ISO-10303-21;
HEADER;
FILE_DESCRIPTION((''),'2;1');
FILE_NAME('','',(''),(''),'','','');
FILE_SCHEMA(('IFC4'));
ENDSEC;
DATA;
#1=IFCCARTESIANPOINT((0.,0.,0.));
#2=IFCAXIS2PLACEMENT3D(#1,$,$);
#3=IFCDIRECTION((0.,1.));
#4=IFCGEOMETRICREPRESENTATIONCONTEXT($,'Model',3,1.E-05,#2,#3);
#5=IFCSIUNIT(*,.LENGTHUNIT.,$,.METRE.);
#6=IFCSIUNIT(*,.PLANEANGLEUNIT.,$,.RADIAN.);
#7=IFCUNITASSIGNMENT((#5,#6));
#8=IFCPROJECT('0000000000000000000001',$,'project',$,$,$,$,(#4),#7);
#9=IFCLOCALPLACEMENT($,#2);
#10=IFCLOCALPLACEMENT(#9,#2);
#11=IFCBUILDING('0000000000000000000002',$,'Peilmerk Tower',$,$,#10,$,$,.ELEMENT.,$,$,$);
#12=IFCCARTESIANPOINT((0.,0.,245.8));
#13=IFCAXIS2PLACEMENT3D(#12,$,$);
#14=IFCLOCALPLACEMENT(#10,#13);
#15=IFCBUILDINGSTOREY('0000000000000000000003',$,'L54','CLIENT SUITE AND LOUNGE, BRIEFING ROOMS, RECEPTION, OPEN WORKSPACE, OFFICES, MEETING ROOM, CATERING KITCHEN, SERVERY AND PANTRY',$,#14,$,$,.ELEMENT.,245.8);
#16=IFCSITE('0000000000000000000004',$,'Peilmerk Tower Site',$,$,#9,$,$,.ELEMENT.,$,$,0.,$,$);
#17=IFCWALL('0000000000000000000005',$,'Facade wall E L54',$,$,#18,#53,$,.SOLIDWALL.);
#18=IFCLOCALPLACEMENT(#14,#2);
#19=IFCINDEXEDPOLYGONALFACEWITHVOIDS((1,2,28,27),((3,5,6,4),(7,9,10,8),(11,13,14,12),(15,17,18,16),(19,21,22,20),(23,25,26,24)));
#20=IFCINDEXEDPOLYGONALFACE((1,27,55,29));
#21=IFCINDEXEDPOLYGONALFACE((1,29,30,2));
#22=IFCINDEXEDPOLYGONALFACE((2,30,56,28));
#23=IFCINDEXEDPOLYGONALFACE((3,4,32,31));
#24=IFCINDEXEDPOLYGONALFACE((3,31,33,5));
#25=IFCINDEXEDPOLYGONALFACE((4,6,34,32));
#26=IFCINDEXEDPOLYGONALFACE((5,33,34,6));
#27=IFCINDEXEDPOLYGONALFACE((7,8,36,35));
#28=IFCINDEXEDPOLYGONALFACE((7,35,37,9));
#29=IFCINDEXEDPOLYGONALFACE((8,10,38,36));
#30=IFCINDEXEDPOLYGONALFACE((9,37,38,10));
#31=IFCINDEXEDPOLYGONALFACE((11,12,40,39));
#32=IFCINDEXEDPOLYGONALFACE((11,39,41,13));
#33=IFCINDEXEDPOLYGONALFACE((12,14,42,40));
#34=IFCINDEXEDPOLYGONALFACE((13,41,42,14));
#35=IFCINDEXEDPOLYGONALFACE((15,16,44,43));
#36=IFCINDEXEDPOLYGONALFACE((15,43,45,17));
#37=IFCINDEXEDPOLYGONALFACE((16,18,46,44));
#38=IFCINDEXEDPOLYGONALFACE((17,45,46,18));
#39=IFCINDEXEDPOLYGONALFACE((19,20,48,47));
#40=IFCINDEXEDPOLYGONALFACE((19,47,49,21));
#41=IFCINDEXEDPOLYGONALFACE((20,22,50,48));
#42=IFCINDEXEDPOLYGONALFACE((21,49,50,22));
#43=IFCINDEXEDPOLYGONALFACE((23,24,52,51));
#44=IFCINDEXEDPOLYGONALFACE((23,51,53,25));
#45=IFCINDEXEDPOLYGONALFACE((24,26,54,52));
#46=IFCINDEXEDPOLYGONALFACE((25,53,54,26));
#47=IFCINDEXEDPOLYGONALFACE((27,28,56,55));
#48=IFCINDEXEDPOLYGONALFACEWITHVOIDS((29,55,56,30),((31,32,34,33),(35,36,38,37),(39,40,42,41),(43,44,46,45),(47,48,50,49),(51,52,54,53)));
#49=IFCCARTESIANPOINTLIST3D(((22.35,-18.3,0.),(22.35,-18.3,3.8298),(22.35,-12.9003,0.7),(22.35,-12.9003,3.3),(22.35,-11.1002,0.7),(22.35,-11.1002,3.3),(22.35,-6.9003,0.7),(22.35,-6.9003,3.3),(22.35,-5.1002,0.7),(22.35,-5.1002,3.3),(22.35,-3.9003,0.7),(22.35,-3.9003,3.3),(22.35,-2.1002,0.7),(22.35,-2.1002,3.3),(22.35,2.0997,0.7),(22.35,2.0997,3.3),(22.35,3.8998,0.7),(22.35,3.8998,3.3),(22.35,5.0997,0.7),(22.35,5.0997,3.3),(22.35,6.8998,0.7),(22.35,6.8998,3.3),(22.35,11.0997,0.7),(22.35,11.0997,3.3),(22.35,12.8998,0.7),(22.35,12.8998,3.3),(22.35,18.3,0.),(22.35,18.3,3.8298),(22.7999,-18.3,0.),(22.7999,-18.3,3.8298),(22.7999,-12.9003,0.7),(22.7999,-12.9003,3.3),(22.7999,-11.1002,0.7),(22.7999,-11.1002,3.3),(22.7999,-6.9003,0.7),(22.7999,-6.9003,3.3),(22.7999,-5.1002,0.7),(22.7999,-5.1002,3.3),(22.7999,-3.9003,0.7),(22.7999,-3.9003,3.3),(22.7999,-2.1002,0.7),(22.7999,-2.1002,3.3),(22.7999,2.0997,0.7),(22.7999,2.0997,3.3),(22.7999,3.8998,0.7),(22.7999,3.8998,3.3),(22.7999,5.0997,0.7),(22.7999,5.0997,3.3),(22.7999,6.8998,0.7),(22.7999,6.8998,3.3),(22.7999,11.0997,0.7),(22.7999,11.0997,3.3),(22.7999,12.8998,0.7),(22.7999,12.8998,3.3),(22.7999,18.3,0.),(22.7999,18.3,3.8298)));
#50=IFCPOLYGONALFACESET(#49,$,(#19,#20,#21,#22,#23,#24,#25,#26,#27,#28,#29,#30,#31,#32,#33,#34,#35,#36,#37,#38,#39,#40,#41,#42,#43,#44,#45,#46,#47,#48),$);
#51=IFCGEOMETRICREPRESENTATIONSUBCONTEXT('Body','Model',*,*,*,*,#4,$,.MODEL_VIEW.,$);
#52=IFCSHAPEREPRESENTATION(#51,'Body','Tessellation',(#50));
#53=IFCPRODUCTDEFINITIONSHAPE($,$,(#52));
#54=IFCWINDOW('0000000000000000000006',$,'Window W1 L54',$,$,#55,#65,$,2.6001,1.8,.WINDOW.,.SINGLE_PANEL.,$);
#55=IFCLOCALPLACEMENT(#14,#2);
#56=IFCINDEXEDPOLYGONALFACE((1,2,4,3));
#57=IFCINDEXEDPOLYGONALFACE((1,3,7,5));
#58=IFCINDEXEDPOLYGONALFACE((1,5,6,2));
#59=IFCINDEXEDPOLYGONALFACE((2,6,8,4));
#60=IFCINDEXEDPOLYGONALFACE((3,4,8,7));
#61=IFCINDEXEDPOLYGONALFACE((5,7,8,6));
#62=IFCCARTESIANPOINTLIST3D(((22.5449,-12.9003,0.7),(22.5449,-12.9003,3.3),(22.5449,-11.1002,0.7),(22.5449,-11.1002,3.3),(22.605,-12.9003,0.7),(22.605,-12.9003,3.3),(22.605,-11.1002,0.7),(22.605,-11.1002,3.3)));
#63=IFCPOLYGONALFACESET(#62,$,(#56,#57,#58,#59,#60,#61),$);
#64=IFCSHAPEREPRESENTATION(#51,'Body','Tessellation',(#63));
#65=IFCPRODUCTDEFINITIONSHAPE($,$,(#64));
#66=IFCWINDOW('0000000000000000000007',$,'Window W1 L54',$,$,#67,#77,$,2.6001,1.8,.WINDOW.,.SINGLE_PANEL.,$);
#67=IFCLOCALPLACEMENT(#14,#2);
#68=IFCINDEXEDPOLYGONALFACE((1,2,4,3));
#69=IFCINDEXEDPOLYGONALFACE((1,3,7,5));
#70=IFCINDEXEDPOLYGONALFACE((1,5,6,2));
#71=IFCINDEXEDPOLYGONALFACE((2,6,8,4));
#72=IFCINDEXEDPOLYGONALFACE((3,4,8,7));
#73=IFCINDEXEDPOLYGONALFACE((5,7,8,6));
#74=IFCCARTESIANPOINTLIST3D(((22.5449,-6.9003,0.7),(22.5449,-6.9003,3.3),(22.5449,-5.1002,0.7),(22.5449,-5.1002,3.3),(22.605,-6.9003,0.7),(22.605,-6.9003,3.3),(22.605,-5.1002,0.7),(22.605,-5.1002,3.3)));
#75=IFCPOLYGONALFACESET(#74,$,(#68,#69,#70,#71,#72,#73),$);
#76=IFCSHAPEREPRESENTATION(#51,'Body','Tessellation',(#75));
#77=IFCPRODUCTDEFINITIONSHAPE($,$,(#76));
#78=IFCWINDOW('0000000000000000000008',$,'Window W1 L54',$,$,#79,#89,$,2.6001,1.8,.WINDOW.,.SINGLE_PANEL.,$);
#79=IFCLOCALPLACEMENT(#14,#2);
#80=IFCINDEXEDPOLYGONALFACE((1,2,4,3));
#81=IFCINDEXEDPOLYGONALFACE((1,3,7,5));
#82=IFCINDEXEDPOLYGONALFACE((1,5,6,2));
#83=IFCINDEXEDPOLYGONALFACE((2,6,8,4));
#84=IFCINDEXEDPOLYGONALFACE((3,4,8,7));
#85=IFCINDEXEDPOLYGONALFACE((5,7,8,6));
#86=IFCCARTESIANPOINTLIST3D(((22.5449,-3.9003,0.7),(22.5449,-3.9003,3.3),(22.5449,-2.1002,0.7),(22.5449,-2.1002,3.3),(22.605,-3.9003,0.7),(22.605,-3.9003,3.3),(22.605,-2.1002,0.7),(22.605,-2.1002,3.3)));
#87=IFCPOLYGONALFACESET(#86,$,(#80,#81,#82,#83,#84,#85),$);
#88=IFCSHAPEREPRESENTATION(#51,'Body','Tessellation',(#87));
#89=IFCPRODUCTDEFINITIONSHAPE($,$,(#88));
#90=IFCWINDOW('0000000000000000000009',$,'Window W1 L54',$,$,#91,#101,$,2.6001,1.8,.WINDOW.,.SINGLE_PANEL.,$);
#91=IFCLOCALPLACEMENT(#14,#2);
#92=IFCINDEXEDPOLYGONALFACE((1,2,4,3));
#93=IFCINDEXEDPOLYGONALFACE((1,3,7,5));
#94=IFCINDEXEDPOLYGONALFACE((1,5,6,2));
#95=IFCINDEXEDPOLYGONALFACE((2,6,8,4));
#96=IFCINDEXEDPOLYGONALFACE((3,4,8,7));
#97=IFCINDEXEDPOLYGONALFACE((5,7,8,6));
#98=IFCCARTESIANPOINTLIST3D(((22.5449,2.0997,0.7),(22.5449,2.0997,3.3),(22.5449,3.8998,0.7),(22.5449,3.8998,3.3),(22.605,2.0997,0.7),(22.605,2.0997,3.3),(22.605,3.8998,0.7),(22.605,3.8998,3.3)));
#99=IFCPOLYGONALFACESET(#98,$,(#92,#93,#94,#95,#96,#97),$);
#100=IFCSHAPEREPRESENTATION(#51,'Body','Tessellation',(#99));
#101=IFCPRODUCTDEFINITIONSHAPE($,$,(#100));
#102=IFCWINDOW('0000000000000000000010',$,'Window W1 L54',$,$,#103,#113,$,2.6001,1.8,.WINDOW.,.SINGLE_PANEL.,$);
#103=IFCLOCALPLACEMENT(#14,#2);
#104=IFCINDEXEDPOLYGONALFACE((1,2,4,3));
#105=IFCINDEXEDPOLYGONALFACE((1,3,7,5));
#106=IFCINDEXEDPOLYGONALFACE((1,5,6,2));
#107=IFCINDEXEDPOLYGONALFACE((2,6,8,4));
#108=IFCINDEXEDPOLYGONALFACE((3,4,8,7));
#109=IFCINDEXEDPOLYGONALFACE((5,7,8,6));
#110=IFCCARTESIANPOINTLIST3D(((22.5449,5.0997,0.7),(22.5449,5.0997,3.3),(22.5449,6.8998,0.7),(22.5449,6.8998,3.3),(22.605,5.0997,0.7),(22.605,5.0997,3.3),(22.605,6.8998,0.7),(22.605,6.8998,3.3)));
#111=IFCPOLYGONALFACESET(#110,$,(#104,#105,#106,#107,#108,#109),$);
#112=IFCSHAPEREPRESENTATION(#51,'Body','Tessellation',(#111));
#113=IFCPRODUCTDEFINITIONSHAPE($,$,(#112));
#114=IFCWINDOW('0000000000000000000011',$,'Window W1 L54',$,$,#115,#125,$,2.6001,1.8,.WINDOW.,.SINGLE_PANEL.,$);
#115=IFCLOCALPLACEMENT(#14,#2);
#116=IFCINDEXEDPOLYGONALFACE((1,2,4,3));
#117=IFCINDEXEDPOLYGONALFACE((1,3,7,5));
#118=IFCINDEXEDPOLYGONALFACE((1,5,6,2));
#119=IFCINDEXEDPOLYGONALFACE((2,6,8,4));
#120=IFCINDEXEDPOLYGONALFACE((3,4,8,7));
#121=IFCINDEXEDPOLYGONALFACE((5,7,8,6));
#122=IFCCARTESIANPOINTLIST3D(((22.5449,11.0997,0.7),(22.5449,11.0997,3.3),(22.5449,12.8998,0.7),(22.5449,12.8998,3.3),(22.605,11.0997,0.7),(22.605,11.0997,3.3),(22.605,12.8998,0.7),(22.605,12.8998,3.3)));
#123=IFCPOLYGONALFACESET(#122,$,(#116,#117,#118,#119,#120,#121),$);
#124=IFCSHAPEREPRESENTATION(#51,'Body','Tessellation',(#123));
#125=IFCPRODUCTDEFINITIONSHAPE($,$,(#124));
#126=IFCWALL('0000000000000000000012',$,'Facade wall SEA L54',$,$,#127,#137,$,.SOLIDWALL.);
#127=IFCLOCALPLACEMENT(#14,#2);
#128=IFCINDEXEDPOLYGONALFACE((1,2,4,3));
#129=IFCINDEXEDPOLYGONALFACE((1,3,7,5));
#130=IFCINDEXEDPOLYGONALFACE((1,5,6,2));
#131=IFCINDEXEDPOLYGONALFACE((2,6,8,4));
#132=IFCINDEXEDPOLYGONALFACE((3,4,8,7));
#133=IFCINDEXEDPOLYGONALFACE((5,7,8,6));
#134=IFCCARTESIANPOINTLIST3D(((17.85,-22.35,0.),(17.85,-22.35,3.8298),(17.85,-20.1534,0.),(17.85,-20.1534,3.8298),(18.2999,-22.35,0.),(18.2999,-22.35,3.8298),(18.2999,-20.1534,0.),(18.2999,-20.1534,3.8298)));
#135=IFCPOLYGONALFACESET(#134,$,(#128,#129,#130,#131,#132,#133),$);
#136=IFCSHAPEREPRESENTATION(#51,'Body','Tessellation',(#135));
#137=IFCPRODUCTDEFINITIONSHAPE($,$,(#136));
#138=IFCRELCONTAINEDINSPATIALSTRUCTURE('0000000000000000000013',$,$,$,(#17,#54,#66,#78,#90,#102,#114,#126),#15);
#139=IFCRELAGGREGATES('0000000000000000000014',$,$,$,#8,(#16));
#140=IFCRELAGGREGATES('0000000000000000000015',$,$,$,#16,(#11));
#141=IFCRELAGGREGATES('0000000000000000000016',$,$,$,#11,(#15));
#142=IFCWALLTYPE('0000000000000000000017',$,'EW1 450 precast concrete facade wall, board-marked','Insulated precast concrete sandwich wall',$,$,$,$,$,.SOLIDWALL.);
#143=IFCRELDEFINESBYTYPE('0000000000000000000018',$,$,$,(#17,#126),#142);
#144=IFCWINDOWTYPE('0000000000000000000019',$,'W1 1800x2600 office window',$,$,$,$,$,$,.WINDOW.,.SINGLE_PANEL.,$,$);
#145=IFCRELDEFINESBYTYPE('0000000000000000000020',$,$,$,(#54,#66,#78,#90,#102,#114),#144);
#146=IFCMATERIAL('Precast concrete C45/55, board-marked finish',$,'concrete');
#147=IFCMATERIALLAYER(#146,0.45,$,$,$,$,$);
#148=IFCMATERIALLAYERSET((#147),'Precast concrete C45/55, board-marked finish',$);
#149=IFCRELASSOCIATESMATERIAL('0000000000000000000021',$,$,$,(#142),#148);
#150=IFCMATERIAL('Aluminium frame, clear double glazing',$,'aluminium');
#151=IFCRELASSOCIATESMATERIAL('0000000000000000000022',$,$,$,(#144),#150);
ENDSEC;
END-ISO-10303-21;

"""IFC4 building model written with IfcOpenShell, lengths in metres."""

from ifc_helpers import new_model, si_unit, direction, frame, frame_2d, origin, place, context, subcontext, project, spatial, rectangle, extrude, material, layer, layer_set, type_object, element, fill, save


model = new_model("IFC4")

# Units and contexts
model_context = context("Model", 3, precision=1e-05, world=origin(), true_north=direction((0.0, 1.0)))
body_context = subcontext(model_context, "Body", "Model", "MODEL_VIEW")
ifc_project = project(units=[si_unit("LENGTHUNIT", "METRE"), si_unit("PLANEANGLEUNIT", "RADIAN")], contexts=[model_context])

# Site, building, storey
site_placement = place(None, origin())
site = spatial("IfcSite", under=ifc_project, at=site_placement, Name="Peilmerk Tower Site", CompositionType="ELEMENT", RefElevation=0.0)
building_placement = place(site_placement, origin())
building = spatial("IfcBuilding", under=site, at=building_placement, Name="Peilmerk Tower", CompositionType="ELEMENT")
storey_placement = place(building_placement, frame((0.0, 0.0, 245.8)))
storey = spatial("IfcBuildingStorey", under=building, at=storey_placement, Name="L54", Description="CLIENT SUITE AND LOUNGE, BRIEFING ROOMS, RECEPTION, OPEN WORKSPACE, OFFICES, MEETING ROOM, CATERING KITCHEN, SERVERY AND PANTRY", CompositionType="ELEMENT", Elevation=245.8)

# Wall, openings, windows
ifc_material_1 = material(Name="Precast concrete C45/55, board-marked finish", Category="concrete")
ifc_layer_1 = layer(ifc_material_1, 0.45)
ifc_layer_set_1 = layer_set([ifc_layer_1], Name="Precast concrete C45/55, board-marked finish")
wall_type = type_object("IfcWallType", Name="EW1 450 precast concrete facade wall, board-marked", Description="Insulated precast concrete sandwich wall", PredefinedType="SOLIDWALL", material=ifc_layer_set_1)
wall_1_placement = place(storey_placement, frame((22.575, -18.3, 0.0), z_axis=(0.0, 0.0, 1.0), x_axis=(0.0, 1.0, 0.0)))
wall_1 = element("IfcWall", 1, at=wall_1_placement, inside=storey, type_object=wall_type, Name="Facade wall E L54", PredefinedType="SOLIDWALL", context=body_context, shape_type="SweptSolid", body=[
    extrude(rectangle(XDim=36.6001, YDim=0.45, at=frame_2d((18.3, 0.0))), origin(), (0.0, 0.0, 1.0), 3.8298),
])
opening_1_placement = place(wall_1_placement, frame((5.3999, 0.0, 0.7)))
opening_1 = element("IfcOpeningElement", 2, at=opening_1_placement, cuts=wall_1, PredefinedType="OPENING", context=body_context, shape_type="SweptSolid", body=[
    extrude(rectangle(XDim=1.8, YDim=2.6001, at=frame_2d((0.8999, 1.3))), frame((0.0, 0.2349, 0.0), z_axis=(0.0, -1.0, 0.0), x_axis=(1.0, 0.0, 0.0)), (0.0, 0.0, 1.0), 0.47),
])
opening_2_placement = place(wall_1_placement, frame((11.3999, 0.0, 0.7)))
opening_2 = element("IfcOpeningElement", 3, at=opening_2_placement, cuts=wall_1, PredefinedType="OPENING", context=body_context, shape_type="SweptSolid", body=[
    extrude(rectangle(XDim=1.8, YDim=2.6001, at=frame_2d((0.8999, 1.3))), frame((0.0, 0.2349, 0.0), z_axis=(0.0, -1.0, 0.0), x_axis=(1.0, 0.0, 0.0)), (0.0, 0.0, 1.0), 0.47),
])
opening_3_placement = place(wall_1_placement, frame((14.3999, 0.0, 0.7)))
opening_3 = element("IfcOpeningElement", 4, at=opening_3_placement, cuts=wall_1, PredefinedType="OPENING", context=body_context, shape_type="SweptSolid", body=[
    extrude(rectangle(XDim=1.8, YDim=2.6001, at=frame_2d((0.8999, 1.3))), frame((0.0, 0.2349, 0.0), z_axis=(0.0, -1.0, 0.0), x_axis=(1.0, 0.0, 0.0)), (0.0, 0.0, 1.0), 0.47),
])
opening_4_placement = place(wall_1_placement, frame((20.3999, 0.0, 0.7)))
opening_4 = element("IfcOpeningElement", 5, at=opening_4_placement, cuts=wall_1, PredefinedType="OPENING", context=body_context, shape_type="SweptSolid", body=[
    extrude(rectangle(XDim=1.8, YDim=2.6001, at=frame_2d((0.8999, 1.3))), frame((0.0, 0.2349, 0.0), z_axis=(0.0, -1.0, 0.0), x_axis=(1.0, 0.0, 0.0)), (0.0, 0.0, 1.0), 0.47),
])
opening_5_placement = place(wall_1_placement, frame((23.3999, 0.0, 0.7)))
opening_5 = element("IfcOpeningElement", 6, at=opening_5_placement, cuts=wall_1, PredefinedType="OPENING", context=body_context, shape_type="SweptSolid", body=[
    extrude(rectangle(XDim=1.8, YDim=2.6001, at=frame_2d((0.8999, 1.3))), frame((0.0, 0.2349, 0.0), z_axis=(0.0, -1.0, 0.0), x_axis=(1.0, 0.0, 0.0)), (0.0, 0.0, 1.0), 0.47),
])
opening_6_placement = place(wall_1_placement, frame((29.3999, 0.0, 0.7)))
opening_6 = element("IfcOpeningElement", 7, at=opening_6_placement, cuts=wall_1, PredefinedType="OPENING", context=body_context, shape_type="SweptSolid", body=[
    extrude(rectangle(XDim=1.8, YDim=2.6001, at=frame_2d((0.8999, 1.3))), frame((0.0, 0.2349, 0.0), z_axis=(0.0, -1.0, 0.0), x_axis=(1.0, 0.0, 0.0)), (0.0, 0.0, 1.0), 0.47),
])
ifc_material_2 = material(Name="Aluminium frame, clear double glazing", Category="aluminium")
window_type = type_object("IfcWindowType", Name="W1 1800x2600 office window", PartitioningType="SINGLE_PANEL", PredefinedType="WINDOW", material=ifc_material_2)
window_1_placement = place(opening_1_placement, origin())
window_1 = element("IfcWindow", 8, at=window_1_placement, inside=storey, type_object=window_type, Name="Window W1 L54", OverallHeight=2.6001, OverallWidth=1.8, PartitioningType="SINGLE_PANEL", PredefinedType="WINDOW", context=body_context, shape_type="SweptSolid", body=[
    extrude(rectangle(XDim=1.8, YDim=2.6001, at=frame_2d((0.8999, 1.3))), frame((0.0, 0.03, 0.0), z_axis=(0.0, -1.0, 0.0), x_axis=(1.0, 0.0, 0.0)), (0.0, 0.0, 1.0), 0.0601),
])
fill(opening_1, window_1)
window_2_placement = place(opening_2_placement, origin())
window_2 = element("IfcWindow", 9, at=window_2_placement, inside=storey, type_object=window_type, Name="Window W1 L54", OverallHeight=2.6001, OverallWidth=1.8, PartitioningType="SINGLE_PANEL", PredefinedType="WINDOW", context=body_context, shape_type="SweptSolid", body=[
    extrude(rectangle(XDim=1.8, YDim=2.6001, at=frame_2d((0.8999, 1.3))), frame((0.0, 0.03, 0.0), z_axis=(0.0, -1.0, 0.0), x_axis=(1.0, 0.0, 0.0)), (0.0, 0.0, 1.0), 0.0601),
])
fill(opening_2, window_2)
window_3_placement = place(opening_3_placement, origin())
window_3 = element("IfcWindow", 10, at=window_3_placement, inside=storey, type_object=window_type, Name="Window W1 L54", OverallHeight=2.6001, OverallWidth=1.8, PartitioningType="SINGLE_PANEL", PredefinedType="WINDOW", context=body_context, shape_type="SweptSolid", body=[
    extrude(rectangle(XDim=1.8, YDim=2.6001, at=frame_2d((0.8999, 1.3))), frame((0.0, 0.03, 0.0), z_axis=(0.0, -1.0, 0.0), x_axis=(1.0, 0.0, 0.0)), (0.0, 0.0, 1.0), 0.0601),
])
fill(opening_3, window_3)
window_4_placement = place(opening_4_placement, origin())
window_4 = element("IfcWindow", 11, at=window_4_placement, inside=storey, type_object=window_type, Name="Window W1 L54", OverallHeight=2.6001, OverallWidth=1.8, PartitioningType="SINGLE_PANEL", PredefinedType="WINDOW", context=body_context, shape_type="SweptSolid", body=[
    extrude(rectangle(XDim=1.8, YDim=2.6001, at=frame_2d((0.8999, 1.3))), frame((0.0, 0.03, 0.0), z_axis=(0.0, -1.0, 0.0), x_axis=(1.0, 0.0, 0.0)), (0.0, 0.0, 1.0), 0.0601),
])
fill(opening_4, window_4)
window_5_placement = place(opening_5_placement, origin())
window_5 = element("IfcWindow", 12, at=window_5_placement, inside=storey, type_object=window_type, Name="Window W1 L54", OverallHeight=2.6001, OverallWidth=1.8, PartitioningType="SINGLE_PANEL", PredefinedType="WINDOW", context=body_context, shape_type="SweptSolid", body=[
    extrude(rectangle(XDim=1.8, YDim=2.6001, at=frame_2d((0.8999, 1.3))), frame((0.0, 0.03, 0.0), z_axis=(0.0, -1.0, 0.0), x_axis=(1.0, 0.0, 0.0)), (0.0, 0.0, 1.0), 0.0601),
])
fill(opening_5, window_5)
window_6_placement = place(opening_6_placement, origin())
window_6 = element("IfcWindow", 13, at=window_6_placement, inside=storey, type_object=window_type, Name="Window W1 L54", OverallHeight=2.6001, OverallWidth=1.8, PartitioningType="SINGLE_PANEL", PredefinedType="WINDOW", context=body_context, shape_type="SweptSolid", body=[
    extrude(rectangle(XDim=1.8, YDim=2.6001, at=frame_2d((0.8999, 1.3))), frame((0.0, 0.03, 0.0), z_axis=(0.0, -1.0, 0.0), x_axis=(1.0, 0.0, 0.0)), (0.0, 0.0, 1.0), 0.0601),
])
fill(opening_6, window_6)

# Wall
wall_2_placement = place(storey_placement, frame((18.075, -20.1536, 0.0), z_axis=(0.0, 0.0, 1.0), x_axis=(0.0, -1.0, 0.0)))
element("IfcWall", 14, at=wall_2_placement, inside=storey, type_object=wall_type, Name="Facade wall SEA L54", PredefinedType="SOLIDWALL", context=body_context, shape_type="SweptSolid", body=[
    extrude(rectangle(XDim=2.1965, YDim=0.45, at=frame_2d((1.0981, 0.0))), origin(), (0.0, 0.0, 1.0), 3.8298),
])

save(model, "model.ifc")
